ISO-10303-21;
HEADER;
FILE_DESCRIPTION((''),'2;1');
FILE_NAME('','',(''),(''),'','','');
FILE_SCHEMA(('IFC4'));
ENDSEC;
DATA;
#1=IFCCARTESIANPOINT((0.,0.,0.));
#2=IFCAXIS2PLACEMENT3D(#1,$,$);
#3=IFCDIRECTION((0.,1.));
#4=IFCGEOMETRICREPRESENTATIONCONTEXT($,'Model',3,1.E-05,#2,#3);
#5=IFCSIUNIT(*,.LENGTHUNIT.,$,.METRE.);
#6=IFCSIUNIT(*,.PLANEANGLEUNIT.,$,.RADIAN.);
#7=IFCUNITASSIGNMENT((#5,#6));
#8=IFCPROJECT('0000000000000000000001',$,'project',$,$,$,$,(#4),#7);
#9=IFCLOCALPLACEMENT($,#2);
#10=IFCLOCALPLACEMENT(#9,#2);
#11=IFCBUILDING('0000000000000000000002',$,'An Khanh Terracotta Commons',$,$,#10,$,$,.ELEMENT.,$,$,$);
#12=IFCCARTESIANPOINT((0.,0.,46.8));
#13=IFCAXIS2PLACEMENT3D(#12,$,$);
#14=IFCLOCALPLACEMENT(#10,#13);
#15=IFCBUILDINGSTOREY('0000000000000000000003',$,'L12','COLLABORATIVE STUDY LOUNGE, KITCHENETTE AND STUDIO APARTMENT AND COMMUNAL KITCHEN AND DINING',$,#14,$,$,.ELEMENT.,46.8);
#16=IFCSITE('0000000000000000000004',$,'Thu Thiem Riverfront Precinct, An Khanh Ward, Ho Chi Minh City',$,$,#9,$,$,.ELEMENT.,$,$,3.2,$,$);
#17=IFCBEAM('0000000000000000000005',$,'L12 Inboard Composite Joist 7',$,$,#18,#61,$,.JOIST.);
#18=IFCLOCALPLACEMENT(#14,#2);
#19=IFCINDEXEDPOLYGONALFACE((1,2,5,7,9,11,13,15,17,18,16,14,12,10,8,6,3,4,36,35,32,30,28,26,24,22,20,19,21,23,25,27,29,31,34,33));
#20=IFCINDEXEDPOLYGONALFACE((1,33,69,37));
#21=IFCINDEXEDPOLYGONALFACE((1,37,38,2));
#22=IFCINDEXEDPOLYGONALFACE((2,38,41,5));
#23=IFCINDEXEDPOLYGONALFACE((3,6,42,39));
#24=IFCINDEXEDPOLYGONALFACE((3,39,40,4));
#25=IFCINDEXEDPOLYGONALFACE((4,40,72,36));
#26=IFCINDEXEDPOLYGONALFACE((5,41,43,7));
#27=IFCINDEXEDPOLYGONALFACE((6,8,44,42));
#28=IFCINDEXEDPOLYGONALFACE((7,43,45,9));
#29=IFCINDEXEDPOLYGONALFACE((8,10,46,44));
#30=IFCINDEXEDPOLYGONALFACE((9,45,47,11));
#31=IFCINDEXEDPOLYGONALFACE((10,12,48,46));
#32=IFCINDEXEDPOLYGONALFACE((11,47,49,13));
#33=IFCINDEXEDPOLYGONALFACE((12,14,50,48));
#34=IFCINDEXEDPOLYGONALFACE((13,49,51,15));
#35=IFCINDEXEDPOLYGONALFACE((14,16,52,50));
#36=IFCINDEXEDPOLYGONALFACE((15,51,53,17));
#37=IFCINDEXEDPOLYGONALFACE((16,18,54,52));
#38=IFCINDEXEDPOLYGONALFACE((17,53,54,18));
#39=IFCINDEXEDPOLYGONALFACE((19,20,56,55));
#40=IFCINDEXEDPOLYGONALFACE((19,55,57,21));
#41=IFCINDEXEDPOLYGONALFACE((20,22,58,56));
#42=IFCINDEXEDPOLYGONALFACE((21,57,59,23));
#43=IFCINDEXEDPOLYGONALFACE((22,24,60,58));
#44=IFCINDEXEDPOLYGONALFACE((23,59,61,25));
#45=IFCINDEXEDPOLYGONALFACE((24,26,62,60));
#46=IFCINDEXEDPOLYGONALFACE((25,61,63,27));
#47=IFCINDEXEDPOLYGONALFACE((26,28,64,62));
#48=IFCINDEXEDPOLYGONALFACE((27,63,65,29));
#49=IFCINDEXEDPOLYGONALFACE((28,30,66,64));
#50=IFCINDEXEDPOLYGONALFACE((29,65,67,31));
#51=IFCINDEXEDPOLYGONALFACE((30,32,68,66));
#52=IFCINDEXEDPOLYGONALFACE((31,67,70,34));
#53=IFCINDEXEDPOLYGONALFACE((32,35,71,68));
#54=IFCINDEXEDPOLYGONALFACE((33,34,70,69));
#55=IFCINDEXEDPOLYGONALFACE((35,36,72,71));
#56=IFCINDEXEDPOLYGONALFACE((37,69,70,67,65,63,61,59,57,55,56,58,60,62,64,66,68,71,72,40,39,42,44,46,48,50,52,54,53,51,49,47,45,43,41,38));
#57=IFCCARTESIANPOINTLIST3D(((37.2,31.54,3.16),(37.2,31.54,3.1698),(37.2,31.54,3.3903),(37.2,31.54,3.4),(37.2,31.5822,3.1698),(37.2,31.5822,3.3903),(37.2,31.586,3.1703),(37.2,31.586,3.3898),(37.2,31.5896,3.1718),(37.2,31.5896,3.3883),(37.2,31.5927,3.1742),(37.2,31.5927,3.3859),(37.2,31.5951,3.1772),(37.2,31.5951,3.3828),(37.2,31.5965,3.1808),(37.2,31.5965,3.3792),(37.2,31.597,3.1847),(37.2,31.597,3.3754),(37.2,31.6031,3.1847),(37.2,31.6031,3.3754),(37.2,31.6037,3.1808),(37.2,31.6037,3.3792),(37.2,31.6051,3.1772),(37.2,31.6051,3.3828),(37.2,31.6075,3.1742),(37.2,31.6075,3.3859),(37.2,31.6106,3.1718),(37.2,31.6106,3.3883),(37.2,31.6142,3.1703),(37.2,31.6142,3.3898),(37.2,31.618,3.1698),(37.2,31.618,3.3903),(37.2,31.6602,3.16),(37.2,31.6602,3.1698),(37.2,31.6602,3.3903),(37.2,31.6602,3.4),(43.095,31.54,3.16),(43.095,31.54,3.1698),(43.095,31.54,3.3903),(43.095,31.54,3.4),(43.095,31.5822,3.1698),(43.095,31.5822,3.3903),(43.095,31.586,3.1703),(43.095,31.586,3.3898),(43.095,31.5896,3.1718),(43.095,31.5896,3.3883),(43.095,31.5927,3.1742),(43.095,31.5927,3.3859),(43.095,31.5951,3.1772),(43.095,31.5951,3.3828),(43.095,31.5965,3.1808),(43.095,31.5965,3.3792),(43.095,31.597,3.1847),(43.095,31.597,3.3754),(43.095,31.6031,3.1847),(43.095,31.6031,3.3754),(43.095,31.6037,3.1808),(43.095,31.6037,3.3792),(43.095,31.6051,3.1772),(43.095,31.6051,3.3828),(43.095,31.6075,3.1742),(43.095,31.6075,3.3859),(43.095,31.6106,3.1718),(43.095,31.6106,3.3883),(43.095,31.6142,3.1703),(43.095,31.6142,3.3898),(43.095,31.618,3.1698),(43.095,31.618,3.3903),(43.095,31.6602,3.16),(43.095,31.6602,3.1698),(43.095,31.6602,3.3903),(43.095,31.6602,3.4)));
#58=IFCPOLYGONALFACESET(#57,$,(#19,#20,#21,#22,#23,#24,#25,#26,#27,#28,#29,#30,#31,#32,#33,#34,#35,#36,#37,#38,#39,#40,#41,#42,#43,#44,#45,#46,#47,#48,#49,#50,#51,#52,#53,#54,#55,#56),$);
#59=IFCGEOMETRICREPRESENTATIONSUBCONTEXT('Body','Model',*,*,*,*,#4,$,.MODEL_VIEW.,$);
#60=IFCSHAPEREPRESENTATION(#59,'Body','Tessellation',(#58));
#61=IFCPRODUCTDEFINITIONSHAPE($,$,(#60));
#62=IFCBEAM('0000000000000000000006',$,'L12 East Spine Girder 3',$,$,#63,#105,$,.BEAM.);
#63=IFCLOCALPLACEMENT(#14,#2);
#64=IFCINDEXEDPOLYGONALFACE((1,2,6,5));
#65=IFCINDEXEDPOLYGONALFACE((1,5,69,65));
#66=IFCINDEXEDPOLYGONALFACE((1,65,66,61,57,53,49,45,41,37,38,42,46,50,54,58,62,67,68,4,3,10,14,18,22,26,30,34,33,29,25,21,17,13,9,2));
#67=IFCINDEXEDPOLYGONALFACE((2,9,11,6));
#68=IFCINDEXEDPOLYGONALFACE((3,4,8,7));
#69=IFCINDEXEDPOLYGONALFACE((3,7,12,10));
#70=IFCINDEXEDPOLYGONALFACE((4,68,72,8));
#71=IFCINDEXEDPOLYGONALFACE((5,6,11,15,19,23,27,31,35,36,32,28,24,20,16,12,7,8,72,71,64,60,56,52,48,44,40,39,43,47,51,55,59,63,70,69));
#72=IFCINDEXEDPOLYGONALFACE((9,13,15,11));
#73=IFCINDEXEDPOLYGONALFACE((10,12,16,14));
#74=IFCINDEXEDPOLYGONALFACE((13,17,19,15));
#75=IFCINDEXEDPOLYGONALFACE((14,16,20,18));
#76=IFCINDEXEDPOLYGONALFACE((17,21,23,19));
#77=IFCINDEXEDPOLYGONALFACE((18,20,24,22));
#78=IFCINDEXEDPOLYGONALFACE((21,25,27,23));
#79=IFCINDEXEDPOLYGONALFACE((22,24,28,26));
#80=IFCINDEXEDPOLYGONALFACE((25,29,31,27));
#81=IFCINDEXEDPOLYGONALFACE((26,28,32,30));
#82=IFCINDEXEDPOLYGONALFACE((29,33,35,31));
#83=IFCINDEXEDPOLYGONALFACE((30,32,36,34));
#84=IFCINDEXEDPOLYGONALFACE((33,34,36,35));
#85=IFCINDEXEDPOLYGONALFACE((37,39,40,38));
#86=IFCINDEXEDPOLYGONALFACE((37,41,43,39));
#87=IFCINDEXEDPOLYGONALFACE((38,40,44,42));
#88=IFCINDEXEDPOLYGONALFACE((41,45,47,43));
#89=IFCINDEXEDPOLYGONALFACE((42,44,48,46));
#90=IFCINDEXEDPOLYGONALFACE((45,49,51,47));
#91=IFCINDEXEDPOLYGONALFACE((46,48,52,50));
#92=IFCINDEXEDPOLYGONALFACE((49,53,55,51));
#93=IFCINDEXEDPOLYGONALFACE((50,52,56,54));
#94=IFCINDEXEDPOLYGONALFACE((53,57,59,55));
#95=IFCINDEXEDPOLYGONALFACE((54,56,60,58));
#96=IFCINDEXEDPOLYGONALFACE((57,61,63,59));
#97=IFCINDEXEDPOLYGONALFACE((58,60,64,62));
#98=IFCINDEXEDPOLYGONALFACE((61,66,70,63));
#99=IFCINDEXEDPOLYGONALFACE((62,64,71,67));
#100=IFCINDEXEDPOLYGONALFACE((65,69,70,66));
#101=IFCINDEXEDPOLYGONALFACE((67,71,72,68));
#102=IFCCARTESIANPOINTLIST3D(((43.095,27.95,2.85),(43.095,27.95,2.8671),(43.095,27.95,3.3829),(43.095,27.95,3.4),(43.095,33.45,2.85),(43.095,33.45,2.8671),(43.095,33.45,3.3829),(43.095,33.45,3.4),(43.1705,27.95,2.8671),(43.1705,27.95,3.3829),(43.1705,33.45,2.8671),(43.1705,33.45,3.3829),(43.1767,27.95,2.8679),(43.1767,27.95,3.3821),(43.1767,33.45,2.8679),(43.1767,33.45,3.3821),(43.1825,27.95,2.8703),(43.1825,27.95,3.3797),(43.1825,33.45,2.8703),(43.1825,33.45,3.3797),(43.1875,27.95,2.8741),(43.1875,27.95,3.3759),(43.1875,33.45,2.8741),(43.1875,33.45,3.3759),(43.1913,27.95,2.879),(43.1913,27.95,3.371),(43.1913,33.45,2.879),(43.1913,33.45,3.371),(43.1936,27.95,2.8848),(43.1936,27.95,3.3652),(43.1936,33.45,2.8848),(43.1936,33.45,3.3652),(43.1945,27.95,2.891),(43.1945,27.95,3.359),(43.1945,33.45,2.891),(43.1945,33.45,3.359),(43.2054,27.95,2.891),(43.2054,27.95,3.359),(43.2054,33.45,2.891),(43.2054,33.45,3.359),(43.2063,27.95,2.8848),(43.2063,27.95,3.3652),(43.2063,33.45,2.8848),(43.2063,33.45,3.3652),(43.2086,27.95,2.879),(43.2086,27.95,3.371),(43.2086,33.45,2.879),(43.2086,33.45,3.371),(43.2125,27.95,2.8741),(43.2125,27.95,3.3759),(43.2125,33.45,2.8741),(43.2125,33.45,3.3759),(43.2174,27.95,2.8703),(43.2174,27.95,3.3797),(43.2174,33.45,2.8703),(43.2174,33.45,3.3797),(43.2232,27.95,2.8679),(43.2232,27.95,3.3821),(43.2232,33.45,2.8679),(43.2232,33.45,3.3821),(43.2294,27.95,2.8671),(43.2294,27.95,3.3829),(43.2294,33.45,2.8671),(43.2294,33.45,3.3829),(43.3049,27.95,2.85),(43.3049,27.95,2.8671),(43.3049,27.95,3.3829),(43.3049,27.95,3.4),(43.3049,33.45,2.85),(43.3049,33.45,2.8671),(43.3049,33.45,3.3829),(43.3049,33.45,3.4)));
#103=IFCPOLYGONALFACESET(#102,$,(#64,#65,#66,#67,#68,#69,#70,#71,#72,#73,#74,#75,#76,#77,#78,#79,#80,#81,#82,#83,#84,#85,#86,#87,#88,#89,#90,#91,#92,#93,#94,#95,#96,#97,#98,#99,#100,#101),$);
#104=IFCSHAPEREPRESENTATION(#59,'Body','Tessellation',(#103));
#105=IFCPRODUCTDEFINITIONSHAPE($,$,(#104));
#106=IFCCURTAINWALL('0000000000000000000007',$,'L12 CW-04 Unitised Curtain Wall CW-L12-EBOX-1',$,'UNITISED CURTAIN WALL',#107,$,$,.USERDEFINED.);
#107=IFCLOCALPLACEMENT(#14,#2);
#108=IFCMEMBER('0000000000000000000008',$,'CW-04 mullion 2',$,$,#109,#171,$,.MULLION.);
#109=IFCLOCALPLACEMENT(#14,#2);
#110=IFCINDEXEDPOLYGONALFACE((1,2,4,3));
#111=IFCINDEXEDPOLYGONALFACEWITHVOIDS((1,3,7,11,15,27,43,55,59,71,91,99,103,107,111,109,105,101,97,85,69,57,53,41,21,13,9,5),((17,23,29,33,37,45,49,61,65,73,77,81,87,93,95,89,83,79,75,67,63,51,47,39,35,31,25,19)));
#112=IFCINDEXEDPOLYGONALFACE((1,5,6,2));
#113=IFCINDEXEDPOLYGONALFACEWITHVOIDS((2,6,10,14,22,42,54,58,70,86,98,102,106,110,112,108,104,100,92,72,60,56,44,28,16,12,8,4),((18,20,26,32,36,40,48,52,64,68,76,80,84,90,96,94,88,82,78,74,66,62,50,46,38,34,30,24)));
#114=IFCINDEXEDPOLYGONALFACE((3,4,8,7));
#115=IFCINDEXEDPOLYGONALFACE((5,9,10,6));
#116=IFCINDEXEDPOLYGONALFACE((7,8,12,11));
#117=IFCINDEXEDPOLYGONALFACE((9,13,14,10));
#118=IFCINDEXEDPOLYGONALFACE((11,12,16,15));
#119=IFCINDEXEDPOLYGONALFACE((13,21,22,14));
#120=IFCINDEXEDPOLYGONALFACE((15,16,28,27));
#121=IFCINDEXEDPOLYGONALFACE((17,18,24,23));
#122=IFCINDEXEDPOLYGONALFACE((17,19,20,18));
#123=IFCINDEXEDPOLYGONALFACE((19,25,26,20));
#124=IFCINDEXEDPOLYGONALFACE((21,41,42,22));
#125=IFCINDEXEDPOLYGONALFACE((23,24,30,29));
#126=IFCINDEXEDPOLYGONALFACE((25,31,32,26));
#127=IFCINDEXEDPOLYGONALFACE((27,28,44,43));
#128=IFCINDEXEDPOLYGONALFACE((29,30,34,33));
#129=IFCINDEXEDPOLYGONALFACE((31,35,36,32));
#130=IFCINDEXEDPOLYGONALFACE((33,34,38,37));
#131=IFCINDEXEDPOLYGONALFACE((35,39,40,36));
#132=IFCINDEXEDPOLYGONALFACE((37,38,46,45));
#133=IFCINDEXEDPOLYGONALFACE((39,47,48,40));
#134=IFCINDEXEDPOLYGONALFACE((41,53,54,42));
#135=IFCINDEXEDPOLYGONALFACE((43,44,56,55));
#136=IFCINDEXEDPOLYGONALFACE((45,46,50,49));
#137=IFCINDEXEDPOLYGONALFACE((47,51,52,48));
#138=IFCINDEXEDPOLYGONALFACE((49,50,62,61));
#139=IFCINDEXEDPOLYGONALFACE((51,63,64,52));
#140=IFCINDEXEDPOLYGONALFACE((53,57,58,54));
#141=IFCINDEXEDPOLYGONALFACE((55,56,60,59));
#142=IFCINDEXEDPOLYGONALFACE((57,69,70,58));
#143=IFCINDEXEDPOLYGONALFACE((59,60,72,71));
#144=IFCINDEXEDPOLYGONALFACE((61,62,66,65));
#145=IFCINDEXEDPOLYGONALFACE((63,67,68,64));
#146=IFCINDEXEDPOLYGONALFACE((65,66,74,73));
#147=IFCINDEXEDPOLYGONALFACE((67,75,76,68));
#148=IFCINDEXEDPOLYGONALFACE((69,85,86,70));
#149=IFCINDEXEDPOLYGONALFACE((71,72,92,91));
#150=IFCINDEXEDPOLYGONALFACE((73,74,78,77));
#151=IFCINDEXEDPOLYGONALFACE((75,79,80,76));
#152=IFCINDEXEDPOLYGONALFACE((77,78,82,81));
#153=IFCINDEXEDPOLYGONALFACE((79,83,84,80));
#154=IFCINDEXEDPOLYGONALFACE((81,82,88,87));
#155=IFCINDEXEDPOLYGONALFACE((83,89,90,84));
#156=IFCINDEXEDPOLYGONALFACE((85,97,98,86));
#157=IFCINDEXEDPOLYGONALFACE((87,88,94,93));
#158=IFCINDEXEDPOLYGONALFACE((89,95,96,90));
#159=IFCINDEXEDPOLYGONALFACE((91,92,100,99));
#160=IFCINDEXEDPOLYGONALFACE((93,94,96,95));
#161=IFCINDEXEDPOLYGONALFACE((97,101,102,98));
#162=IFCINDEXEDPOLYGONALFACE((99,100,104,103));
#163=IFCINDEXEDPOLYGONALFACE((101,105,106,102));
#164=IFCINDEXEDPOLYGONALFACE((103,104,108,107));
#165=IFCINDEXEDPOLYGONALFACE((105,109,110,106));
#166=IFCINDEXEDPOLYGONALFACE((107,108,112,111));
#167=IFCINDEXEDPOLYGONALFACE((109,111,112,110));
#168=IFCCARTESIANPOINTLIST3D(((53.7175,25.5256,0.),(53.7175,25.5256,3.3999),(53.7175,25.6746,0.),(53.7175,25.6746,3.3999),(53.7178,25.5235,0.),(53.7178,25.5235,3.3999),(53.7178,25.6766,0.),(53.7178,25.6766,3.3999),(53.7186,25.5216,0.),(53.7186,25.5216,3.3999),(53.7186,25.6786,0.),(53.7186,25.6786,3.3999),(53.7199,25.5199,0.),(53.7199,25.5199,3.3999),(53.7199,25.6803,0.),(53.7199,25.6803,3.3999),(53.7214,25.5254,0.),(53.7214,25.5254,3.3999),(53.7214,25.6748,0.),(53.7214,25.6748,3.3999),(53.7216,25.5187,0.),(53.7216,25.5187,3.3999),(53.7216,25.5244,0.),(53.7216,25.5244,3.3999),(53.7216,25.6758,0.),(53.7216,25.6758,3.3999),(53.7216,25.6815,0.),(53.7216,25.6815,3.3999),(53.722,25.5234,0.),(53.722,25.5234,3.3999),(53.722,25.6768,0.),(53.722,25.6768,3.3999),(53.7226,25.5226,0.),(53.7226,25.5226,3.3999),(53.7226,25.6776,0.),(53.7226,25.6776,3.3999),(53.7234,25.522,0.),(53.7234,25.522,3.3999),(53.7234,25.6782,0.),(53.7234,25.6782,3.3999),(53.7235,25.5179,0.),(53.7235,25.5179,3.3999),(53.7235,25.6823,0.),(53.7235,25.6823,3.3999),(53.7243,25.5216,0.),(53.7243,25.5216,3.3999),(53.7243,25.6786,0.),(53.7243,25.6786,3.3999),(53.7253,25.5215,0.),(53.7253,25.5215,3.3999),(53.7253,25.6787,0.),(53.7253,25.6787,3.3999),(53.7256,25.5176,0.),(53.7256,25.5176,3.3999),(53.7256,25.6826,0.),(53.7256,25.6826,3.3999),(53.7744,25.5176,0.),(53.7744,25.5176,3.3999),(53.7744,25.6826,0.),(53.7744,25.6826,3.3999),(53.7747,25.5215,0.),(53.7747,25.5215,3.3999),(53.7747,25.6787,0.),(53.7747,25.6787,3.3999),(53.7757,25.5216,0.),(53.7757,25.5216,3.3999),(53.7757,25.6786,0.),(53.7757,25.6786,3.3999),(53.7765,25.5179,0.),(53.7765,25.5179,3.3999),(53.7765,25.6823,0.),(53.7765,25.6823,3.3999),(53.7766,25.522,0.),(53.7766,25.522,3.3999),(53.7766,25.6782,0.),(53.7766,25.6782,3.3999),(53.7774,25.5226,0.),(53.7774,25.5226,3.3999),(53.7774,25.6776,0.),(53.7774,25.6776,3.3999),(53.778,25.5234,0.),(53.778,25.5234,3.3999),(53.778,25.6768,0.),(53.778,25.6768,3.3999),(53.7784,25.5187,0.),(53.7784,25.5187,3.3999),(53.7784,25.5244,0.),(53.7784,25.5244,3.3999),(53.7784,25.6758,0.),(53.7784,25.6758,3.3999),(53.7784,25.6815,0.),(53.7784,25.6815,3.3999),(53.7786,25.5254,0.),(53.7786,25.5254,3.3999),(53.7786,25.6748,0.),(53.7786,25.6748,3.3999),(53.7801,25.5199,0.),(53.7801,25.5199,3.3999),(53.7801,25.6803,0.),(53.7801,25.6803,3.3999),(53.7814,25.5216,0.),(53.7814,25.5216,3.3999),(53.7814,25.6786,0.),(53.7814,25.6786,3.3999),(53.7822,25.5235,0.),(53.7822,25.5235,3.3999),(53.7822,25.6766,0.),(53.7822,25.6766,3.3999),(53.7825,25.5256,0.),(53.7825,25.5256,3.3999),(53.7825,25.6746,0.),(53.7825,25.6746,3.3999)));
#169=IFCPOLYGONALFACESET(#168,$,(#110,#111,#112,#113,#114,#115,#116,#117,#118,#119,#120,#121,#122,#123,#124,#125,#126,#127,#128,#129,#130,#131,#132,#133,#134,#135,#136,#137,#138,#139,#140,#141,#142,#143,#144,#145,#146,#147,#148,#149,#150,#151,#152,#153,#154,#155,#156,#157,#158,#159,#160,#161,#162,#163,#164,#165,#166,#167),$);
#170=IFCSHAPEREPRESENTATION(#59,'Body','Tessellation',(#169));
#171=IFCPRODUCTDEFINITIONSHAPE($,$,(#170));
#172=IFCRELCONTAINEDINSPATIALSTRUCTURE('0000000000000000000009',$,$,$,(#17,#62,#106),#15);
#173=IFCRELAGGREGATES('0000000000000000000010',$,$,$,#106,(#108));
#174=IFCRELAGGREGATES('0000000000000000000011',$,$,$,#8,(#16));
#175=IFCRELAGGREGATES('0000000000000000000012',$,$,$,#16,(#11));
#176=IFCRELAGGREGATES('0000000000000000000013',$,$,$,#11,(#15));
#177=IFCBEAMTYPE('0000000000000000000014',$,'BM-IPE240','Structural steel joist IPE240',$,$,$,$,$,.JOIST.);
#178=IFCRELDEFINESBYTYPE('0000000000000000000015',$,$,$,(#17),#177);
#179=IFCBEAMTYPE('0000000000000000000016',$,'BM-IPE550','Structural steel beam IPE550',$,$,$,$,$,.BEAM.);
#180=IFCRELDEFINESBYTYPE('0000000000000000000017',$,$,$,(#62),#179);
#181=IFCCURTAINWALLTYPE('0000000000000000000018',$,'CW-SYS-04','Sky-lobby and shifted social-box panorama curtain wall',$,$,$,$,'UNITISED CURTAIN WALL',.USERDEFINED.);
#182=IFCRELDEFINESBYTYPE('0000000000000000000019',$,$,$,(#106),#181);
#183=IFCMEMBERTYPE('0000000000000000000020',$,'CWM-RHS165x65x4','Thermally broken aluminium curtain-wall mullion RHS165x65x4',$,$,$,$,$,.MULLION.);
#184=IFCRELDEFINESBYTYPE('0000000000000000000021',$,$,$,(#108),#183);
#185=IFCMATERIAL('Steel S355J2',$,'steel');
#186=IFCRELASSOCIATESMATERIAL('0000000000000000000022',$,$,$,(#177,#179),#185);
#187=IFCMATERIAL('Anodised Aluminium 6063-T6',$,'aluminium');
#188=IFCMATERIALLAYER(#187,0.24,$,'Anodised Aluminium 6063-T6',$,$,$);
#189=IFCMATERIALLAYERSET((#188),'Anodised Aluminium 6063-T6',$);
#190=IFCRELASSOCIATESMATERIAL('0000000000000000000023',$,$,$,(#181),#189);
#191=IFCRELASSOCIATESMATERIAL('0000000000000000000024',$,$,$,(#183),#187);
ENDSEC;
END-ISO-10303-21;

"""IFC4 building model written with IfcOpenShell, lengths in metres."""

from ifc_helpers import new_model, si_unit, direction, frame, origin, origin_2d, place, context, subcontext, project, spatial, hollow_rectangle, i_section, extrude, material, layer, layer_set, material_profile, profile_set, type_object, element, aggregate, save


model = new_model("IFC4")

# Units and contexts
model_context = context("Model", 3, precision=1e-05, world=origin(), true_north=direction((0.0, 1.0)))
body_context = subcontext(model_context, "Body", "Model", "MODEL_VIEW")
ifc_project = project(units=[si_unit("LENGTHUNIT", "METRE"), si_unit("PLANEANGLEUNIT", "RADIAN")], contexts=[model_context])

# Site, building, storey
site_placement = place(None, origin())
site = spatial("IfcSite", under=ifc_project, at=site_placement, Name="Thu Thiem Riverfront Precinct, An Khanh Ward, Ho Chi Minh City", CompositionType="ELEMENT", RefElevation=3.2)
building_placement = place(site_placement, origin())
building = spatial("IfcBuilding", under=site, at=building_placement, Name="An Khanh Terracotta Commons", CompositionType="ELEMENT")
storey_placement = place(building_placement, frame((0.0, 0.0, 46.8)))
storey = spatial("IfcBuildingStorey", under=building, at=storey_placement, Name="L12", Description="COLLABORATIVE STUDY LOUNGE, KITCHENETTE AND STUDIO APARTMENT AND COMMUNAL KITCHEN AND DINING", CompositionType="ELEMENT", Elevation=46.8)

# Beams
ifc_material_1 = material(Name="Steel S355J2", Category="steel")
ifc_material_profile_1 = material_profile(ifc_material_1, i_section(OverallWidth=0.1201, OverallDepth=0.24, WebThickness=0.0061, FlangeThickness=0.0098, FilletRadius=0.0149, at=origin_2d()), Name="IPE240")
ifc_profile_set_1 = profile_set([ifc_material_profile_1], Name="Steel S355J2")
beam_type_1 = type_object("IfcBeamType", Name="BM-IPE240", Description="Structural steel joist IPE240", PredefinedType="JOIST", material=ifc_profile_set_1)
for number, where, z_axis, x_axis, name in (
    (1, (37.2, 31.6001, 3.28), (1.0, 0.0, 0.0), (0.0, 1.0, 0.0), "L12 Inboard Composite Joist 7"),
):
    element("IfcBeam", number, at=place(storey_placement, frame(where, z_axis=z_axis, x_axis=x_axis)), inside=storey, type_object=beam_type_1, Name=name, PredefinedType="JOIST", context=body_context, shape_type="SweptSolid", body=[
        extrude(i_section(OverallWidth=0.1201, OverallDepth=0.24, WebThickness=0.0061, FlangeThickness=0.0098, FilletRadius=0.0149, at=origin_2d()), origin(), (0.0, 0.0, 1.0), 5.895),
    ])
ifc_material_profile_2 = material_profile(ifc_material_1, i_section(OverallWidth=0.21, OverallDepth=0.55, WebThickness=0.011, FlangeThickness=0.0171, FilletRadius=0.0239, at=origin_2d()), Name="IPE550")
ifc_profile_set_2 = profile_set([ifc_material_profile_2], Name="Steel S355J2")
beam_type_2 = type_object("IfcBeamType", Name="BM-IPE550", Description="Structural steel beam IPE550", PredefinedType="BEAM", material=ifc_profile_set_2)
beam_1_placement = place(storey_placement, frame((43.2, 27.95, 3.125), z_axis=(0.0, 1.0, 0.0), x_axis=(-1.0, 0.0, 0.0)))
element("IfcBeam", 2, at=beam_1_placement, inside=storey, type_object=beam_type_2, Name="L12 East Spine Girder 3", PredefinedType="BEAM", context=body_context, shape_type="SweptSolid", body=[
    extrude(i_section(OverallWidth=0.21, OverallDepth=0.55, WebThickness=0.011, FlangeThickness=0.0171, FilletRadius=0.0239, at=origin_2d()), origin(), (0.0, 0.0, 1.0), 5.5),
])

# Curtain wall, member
ifc_material_2 = material(Name="Anodised Aluminium 6063-T6", Category="aluminium")
ifc_layer_1 = layer(ifc_material_2, 0.24, Name="Anodised Aluminium 6063-T6")
ifc_layer_set_1 = layer_set([ifc_layer_1], Name="Anodised Aluminium 6063-T6")
curtain_wall_type = type_object("IfcCurtainWallType", Name="CW-SYS-04", Description="Sky-lobby and shifted social-box panorama curtain wall", ElementType="UNITISED CURTAIN WALL", PredefinedType="USERDEFINED", material=ifc_layer_set_1)
curtain_wall_1_placement = place(storey_placement, origin())
curtain_wall_1 = element("IfcCurtainWall", 3, at=curtain_wall_1_placement, inside=storey, type_object=curtain_wall_type, Name="L12 CW-04 Unitised Curtain Wall CW-L12-EBOX-1", ObjectType="UNITISED CURTAIN WALL", PredefinedType="USERDEFINED")
ifc_material_profile_3 = material_profile(ifc_material_2, hollow_rectangle(XDim=0.0649, YDim=0.165, WallThickness=0.0039, InnerFilletRadius=0.0039, OuterFilletRadius=0.0081, at=origin_2d()), Name="RHS165x65x4")
ifc_profile_set_3 = profile_set([ifc_material_profile_3], Name="Anodised Aluminium 6063-T6")
member_type_1 = type_object("IfcMemberType", Name="CWM-RHS165x65x4", Description="Thermally broken aluminium curtain-wall mullion RHS165x65x4", PredefinedType="MULLION", material=ifc_profile_set_3)
member_1_placement = place(storey_placement, frame((53.75, 25.6001, 0.0), z_axis=(0.0, 0.0, 1.0), x_axis=(-1.0, 0.0, 0.0)))
member_1 = element("IfcMember", 4, at=member_1_placement, type_object=member_type_1, Name="CW-04 mullion 2", PredefinedType="MULLION", context=body_context, shape_type="SweptSolid", body=[
    extrude(hollow_rectangle(XDim=0.0649, YDim=0.165, WallThickness=0.0039, InnerFilletRadius=0.0039, OuterFilletRadius=0.0081, at=origin_2d()), origin(), (0.0, 0.0, 1.0), 3.3999),
])

aggregate(curtain_wall_1, [member_1])

save(model, "model.ifc")
